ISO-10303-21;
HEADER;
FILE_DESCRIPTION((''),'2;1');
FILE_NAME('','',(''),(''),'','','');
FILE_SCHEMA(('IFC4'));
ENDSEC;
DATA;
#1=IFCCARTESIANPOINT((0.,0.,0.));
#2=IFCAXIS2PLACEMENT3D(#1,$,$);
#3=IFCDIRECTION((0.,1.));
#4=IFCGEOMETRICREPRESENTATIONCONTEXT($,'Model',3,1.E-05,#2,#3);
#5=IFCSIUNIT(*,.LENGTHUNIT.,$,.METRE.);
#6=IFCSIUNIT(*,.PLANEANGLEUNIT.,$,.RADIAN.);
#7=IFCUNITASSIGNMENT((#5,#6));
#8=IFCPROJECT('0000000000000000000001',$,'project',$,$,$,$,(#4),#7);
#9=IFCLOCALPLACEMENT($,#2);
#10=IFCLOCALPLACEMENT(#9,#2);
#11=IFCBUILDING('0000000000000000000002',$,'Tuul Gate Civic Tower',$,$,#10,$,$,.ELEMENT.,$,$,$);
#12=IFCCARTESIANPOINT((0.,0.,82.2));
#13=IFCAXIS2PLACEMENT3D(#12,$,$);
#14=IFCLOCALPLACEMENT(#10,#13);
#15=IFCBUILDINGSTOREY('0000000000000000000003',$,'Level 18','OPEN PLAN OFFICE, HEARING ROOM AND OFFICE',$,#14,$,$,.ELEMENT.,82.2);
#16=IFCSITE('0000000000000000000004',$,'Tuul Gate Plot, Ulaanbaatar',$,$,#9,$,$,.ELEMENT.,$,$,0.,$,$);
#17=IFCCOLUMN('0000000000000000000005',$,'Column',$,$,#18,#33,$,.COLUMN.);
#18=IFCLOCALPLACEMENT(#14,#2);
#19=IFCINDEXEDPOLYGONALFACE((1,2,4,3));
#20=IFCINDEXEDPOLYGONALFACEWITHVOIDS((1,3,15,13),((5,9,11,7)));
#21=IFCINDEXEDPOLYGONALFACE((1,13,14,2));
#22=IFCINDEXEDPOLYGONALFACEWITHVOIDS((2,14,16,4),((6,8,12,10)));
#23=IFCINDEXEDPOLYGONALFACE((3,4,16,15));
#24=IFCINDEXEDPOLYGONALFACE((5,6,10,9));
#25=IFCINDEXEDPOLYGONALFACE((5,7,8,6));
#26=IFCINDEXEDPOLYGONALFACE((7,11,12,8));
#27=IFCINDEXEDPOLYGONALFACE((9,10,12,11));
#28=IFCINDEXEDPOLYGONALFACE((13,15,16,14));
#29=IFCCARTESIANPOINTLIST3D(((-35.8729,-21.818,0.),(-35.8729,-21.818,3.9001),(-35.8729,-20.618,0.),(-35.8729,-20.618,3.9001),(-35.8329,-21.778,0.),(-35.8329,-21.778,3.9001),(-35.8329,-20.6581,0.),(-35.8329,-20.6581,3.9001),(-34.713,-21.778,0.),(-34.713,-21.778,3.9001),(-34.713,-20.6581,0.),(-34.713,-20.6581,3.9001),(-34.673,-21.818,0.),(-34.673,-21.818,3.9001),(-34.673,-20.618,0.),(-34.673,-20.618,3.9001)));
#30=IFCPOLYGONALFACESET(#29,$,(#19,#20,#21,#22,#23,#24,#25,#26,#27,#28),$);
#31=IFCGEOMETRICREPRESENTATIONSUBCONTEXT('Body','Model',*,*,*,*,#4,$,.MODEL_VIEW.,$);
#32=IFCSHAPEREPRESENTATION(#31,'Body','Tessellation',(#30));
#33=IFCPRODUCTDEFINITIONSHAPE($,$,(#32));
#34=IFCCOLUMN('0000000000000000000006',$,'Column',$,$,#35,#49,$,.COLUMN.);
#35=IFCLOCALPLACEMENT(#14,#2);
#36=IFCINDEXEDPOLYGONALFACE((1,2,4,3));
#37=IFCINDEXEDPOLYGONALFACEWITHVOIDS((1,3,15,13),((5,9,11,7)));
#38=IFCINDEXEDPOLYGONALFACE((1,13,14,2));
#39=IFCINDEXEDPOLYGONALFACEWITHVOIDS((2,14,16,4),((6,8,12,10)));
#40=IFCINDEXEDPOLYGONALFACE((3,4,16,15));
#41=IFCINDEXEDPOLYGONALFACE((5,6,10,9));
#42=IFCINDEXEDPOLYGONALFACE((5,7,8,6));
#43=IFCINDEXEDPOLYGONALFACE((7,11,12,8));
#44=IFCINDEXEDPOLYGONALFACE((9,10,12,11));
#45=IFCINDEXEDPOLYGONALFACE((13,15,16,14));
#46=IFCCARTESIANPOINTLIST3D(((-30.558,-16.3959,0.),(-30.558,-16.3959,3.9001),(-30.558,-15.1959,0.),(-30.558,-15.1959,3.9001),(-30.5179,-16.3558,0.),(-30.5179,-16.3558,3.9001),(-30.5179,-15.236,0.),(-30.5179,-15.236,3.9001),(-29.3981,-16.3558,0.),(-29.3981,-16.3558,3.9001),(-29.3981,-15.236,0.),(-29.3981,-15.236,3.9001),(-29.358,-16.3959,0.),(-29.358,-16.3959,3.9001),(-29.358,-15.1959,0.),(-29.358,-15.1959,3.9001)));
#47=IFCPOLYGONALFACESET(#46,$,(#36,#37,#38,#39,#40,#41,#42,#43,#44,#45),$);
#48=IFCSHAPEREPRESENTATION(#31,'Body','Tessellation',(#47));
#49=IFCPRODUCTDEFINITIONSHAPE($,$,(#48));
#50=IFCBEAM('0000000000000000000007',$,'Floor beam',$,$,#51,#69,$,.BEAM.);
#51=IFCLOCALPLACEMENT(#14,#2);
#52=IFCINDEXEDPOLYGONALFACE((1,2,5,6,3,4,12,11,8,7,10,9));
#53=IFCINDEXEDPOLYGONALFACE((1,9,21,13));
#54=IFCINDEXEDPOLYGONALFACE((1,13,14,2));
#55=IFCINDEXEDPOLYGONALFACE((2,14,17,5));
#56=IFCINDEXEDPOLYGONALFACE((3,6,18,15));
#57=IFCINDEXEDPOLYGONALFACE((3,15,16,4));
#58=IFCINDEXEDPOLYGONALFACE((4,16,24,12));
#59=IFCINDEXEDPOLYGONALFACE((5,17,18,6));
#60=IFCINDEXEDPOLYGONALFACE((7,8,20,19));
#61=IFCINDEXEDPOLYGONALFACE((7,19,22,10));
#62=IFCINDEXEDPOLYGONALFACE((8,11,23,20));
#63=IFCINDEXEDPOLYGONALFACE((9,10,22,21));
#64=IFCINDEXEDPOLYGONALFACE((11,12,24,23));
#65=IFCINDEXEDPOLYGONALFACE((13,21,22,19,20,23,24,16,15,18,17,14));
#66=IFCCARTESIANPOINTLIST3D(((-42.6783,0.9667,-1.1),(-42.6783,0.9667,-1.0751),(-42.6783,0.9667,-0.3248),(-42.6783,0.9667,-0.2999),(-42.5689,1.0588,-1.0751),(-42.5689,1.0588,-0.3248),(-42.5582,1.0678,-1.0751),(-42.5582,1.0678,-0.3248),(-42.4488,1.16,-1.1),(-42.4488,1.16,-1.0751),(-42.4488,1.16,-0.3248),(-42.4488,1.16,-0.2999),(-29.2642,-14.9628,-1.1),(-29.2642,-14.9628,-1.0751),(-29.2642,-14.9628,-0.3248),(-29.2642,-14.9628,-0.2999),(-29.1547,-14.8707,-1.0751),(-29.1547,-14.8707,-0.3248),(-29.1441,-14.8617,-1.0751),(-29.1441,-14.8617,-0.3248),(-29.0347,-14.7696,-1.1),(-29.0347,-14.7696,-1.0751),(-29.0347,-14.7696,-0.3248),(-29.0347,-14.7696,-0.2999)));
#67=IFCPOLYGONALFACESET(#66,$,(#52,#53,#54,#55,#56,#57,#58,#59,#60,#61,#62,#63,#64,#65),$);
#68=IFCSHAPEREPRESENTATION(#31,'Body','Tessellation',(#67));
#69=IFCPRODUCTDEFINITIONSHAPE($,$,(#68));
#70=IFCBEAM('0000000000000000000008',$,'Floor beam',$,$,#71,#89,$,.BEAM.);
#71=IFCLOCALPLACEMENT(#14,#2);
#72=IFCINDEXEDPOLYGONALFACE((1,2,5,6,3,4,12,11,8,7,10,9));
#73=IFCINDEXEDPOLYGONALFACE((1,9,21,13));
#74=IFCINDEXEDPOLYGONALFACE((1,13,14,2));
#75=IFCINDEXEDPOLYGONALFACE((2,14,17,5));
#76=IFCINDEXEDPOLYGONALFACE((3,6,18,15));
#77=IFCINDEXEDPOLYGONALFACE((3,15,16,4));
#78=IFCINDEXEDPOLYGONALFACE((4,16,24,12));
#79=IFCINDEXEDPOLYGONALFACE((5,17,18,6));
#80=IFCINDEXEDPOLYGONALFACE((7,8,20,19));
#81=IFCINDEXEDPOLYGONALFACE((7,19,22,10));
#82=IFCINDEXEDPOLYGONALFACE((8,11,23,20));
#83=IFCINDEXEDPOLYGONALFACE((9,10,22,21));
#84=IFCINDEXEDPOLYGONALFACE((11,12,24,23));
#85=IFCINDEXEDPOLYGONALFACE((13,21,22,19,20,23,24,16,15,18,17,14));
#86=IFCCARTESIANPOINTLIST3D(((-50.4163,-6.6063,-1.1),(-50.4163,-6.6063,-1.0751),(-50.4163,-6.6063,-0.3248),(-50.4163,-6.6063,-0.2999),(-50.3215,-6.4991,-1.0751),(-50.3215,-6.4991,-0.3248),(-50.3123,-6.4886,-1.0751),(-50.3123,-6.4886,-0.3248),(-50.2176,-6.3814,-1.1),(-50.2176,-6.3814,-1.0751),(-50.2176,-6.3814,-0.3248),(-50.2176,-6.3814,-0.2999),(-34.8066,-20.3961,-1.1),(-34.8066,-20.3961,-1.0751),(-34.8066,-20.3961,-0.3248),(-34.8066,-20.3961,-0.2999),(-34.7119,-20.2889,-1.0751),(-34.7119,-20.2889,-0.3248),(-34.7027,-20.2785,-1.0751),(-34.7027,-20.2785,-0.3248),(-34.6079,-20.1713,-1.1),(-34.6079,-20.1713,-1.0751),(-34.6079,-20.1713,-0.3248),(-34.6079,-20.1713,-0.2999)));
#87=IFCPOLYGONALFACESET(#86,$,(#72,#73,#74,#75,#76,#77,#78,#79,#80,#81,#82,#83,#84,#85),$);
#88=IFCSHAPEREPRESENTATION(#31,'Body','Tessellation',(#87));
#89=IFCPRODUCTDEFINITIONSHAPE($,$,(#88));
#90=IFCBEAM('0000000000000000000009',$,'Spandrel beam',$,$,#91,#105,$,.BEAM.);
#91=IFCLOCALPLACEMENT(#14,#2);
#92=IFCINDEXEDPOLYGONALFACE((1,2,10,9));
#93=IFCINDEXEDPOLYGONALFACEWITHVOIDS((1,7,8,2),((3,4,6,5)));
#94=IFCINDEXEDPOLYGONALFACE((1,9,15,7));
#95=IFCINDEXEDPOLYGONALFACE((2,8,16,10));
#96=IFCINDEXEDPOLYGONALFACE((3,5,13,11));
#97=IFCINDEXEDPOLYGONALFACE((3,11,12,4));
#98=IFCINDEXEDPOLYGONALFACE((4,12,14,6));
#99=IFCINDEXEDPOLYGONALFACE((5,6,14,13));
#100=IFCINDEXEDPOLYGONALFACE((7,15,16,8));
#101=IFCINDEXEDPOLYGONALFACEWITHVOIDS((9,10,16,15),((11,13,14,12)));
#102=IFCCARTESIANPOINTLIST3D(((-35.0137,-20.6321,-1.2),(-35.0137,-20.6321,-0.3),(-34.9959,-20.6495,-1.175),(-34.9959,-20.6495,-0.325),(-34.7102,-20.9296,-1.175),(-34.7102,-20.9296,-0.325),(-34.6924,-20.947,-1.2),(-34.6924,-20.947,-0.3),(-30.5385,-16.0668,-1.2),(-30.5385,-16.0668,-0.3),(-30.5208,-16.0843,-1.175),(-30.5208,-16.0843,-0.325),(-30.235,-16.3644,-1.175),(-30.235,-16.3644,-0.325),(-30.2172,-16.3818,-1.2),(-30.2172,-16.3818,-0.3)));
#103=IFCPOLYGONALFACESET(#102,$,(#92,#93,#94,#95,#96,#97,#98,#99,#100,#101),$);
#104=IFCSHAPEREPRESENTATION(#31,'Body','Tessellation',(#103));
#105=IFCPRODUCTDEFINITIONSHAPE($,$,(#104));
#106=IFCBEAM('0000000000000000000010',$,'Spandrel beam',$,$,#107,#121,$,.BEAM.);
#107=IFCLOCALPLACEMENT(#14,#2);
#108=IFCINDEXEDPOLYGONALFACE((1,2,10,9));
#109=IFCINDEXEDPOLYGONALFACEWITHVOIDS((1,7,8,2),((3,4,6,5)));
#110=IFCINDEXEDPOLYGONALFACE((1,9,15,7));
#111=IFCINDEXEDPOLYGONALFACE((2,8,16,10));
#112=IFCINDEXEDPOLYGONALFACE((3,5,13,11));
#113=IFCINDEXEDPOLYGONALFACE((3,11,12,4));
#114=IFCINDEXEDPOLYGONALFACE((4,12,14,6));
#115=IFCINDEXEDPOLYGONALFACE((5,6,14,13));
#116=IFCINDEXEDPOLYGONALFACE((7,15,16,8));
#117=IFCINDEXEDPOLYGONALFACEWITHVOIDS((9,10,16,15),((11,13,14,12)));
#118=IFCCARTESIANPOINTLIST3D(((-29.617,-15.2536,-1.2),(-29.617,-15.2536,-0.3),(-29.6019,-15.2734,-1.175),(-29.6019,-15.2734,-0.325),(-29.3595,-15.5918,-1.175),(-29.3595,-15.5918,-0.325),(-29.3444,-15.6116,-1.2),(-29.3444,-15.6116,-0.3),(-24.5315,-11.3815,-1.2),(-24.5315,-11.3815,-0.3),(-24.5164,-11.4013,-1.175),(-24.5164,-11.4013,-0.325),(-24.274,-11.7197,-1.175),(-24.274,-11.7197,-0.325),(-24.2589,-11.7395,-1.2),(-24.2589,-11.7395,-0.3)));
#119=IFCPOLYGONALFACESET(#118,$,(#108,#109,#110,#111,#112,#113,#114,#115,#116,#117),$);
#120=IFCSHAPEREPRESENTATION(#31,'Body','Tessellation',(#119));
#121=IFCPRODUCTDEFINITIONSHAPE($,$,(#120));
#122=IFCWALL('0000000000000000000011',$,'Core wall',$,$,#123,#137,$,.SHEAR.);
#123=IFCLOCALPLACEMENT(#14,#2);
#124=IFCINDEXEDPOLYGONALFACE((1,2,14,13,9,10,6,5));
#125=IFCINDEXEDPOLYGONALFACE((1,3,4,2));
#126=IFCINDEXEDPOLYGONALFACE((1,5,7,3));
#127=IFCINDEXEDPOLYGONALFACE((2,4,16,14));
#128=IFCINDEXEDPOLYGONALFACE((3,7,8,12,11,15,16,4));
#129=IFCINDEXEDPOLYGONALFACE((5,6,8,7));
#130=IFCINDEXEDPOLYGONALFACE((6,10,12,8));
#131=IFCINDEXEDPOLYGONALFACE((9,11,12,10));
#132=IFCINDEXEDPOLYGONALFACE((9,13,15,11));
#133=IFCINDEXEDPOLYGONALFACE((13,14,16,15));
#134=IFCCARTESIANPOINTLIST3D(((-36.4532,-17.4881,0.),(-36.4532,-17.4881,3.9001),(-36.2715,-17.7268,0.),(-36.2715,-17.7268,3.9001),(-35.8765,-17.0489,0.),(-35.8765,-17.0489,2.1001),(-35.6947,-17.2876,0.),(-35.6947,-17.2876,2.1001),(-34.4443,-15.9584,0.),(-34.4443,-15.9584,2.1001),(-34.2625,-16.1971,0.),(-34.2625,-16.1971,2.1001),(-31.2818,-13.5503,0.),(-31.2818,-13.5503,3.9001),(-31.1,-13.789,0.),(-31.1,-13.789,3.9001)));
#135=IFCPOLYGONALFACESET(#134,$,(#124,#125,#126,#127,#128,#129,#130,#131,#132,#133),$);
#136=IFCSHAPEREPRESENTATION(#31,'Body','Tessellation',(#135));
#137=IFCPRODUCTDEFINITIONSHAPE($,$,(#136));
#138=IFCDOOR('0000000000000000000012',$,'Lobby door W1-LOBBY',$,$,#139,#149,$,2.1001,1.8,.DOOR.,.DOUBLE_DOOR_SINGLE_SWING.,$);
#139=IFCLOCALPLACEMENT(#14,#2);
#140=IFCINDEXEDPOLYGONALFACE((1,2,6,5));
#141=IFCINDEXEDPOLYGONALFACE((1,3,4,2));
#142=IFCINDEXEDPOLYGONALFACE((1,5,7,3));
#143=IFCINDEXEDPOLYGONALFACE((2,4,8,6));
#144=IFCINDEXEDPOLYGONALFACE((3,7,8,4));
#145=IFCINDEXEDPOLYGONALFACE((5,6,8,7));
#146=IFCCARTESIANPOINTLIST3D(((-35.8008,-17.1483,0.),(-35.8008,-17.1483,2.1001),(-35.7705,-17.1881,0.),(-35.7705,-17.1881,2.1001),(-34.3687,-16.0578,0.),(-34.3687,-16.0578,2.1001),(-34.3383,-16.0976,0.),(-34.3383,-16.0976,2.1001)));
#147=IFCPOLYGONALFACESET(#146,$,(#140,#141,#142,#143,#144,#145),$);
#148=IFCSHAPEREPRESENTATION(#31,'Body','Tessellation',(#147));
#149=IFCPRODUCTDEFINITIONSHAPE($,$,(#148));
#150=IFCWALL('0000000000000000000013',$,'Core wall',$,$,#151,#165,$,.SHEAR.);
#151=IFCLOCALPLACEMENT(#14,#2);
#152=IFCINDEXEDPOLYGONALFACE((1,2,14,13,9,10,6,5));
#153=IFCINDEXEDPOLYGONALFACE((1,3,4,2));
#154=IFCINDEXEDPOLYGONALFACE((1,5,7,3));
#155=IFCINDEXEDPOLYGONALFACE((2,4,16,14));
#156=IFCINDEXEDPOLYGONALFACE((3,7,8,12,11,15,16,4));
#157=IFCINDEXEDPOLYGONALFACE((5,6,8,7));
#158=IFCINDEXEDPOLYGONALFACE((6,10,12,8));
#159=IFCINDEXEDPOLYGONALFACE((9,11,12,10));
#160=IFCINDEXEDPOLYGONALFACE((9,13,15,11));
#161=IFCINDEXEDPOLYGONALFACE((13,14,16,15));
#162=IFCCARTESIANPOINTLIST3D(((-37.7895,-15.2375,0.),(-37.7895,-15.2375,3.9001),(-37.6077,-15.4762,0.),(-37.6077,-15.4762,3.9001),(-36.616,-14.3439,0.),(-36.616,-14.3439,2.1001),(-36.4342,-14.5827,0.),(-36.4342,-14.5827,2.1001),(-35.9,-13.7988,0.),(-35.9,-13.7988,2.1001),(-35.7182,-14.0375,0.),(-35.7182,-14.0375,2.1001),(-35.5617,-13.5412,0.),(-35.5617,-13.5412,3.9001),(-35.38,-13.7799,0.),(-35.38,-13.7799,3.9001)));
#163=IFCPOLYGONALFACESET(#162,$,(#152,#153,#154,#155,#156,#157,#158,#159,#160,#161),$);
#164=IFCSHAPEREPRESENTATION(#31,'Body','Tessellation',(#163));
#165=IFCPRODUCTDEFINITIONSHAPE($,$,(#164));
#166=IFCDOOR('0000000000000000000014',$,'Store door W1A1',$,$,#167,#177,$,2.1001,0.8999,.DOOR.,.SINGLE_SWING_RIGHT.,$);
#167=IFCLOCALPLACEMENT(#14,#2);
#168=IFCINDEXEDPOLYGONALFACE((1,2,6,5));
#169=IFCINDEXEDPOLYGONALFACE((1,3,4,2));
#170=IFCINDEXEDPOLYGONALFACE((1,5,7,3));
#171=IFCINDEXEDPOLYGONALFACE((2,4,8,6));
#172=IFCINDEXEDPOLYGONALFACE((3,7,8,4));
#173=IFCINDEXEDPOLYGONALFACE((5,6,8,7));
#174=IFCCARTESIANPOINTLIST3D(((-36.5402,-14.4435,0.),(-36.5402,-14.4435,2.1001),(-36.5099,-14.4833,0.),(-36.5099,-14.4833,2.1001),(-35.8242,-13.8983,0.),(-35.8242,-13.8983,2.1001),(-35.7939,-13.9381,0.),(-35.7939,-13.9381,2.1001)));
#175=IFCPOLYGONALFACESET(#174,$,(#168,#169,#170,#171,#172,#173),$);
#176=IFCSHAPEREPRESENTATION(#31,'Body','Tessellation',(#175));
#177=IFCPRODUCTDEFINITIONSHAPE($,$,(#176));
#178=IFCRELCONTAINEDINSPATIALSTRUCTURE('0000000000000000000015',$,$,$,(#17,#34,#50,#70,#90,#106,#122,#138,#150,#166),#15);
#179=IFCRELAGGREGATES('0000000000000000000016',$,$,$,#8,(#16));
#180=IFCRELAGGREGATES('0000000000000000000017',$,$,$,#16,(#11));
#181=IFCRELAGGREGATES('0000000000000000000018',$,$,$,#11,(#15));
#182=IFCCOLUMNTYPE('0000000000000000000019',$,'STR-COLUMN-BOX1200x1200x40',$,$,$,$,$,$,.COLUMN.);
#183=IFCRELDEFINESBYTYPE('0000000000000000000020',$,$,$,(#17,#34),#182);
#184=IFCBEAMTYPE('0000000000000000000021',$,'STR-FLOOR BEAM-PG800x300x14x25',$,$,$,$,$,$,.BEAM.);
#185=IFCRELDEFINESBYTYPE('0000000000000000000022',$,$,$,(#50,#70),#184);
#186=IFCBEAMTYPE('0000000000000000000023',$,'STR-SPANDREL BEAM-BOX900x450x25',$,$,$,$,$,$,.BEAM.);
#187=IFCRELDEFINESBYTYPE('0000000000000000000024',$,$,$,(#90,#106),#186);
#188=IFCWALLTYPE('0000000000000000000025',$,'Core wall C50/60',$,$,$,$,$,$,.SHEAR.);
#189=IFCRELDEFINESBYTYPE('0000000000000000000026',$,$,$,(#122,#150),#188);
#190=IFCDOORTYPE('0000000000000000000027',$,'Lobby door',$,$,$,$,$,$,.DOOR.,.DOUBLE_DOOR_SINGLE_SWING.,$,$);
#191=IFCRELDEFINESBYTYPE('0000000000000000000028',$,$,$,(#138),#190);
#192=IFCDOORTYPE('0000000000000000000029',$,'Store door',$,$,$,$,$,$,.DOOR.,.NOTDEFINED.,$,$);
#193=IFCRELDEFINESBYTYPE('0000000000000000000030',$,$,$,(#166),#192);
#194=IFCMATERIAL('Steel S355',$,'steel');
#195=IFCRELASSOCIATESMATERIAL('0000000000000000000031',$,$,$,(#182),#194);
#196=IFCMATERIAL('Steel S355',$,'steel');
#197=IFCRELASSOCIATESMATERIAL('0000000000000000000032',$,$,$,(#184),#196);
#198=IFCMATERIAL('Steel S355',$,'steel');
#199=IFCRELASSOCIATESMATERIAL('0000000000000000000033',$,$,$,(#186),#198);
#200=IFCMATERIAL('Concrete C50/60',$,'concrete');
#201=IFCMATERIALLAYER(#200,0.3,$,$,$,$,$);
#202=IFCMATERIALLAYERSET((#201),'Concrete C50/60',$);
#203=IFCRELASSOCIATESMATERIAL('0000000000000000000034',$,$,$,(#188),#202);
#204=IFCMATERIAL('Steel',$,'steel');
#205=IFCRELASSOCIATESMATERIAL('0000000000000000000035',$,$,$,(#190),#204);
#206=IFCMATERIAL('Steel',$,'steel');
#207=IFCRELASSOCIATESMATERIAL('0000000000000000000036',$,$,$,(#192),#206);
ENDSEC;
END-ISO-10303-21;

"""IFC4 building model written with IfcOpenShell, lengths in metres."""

from ifc_helpers import new_model, si_unit, direction, frame, frame_2d, origin, origin_2d, place, context, subcontext, project, spatial, rectangle, hollow_rectangle, i_section, extrude, material, layer, layer_set, material_profile, profile_set, type_object, element, fill, save


model = new_model("IFC4")

# Units and contexts
model_context = context("Model", 3, precision=1e-05, world=origin(), true_north=direction((0.0, 1.0)))
body_context = subcontext(model_context, "Body", "Model", "MODEL_VIEW")
ifc_project = project(units=[si_unit("LENGTHUNIT", "METRE"), si_unit("PLANEANGLEUNIT", "RADIAN")], contexts=[model_context])

# Site, building, storey
site_placement = place(None, origin())
site = spatial("IfcSite", under=ifc_project, at=site_placement, Name="Tuul Gate Plot, Ulaanbaatar", CompositionType="ELEMENT", RefElevation=0.0)
building_placement = place(site_placement, origin())
building = spatial("IfcBuilding", under=site, at=building_placement, Name="Tuul Gate Civic Tower", CompositionType="ELEMENT")
storey_placement = place(building_placement, frame((0.0, 0.0, 82.2)))
storey = spatial("IfcBuildingStorey", under=building, at=storey_placement, Name="Level 18", Description="OPEN PLAN OFFICE, HEARING ROOM AND OFFICE", CompositionType="ELEMENT", Elevation=82.2)

# Columns
ifc_material_1 = material(Name="Steel S355", Category="steel")
ifc_material_profile_1 = material_profile(ifc_material_1, hollow_rectangle(XDim=1.2, YDim=1.2, WallThickness=0.04, at=origin_2d()), Name="BOX1200x1200x40")
ifc_profile_set_1 = profile_set([ifc_material_profile_1], Name="Steel S355")
column_type = type_object("IfcColumnType", Name="STR-COLUMN-BOX1200x1200x40", PredefinedType="COLUMN", material=ifc_profile_set_1)
for number, where, z_axis, x_axis, name in (
    (1, (-35.2729, -21.218, 0.0), (0.0, 0.0, 1.0), (1.0, 0.0, 0.0), "Column"),
    (2, (-29.958, -15.7959, 0.0), (0.0, 0.0, 1.0), (1.0, 0.0, 0.0), "Column"),
):
    element("IfcColumn", number, at=place(storey_placement, frame(where, z_axis=z_axis, x_axis=x_axis)), inside=storey, type_object=column_type, Name=name, PredefinedType="COLUMN", context=body_context, shape_type="SweptSolid", body=[
        extrude(hollow_rectangle(XDim=1.2, YDim=1.2, WallThickness=0.04, at=origin_2d()), origin(), (0.0, 0.0, 1.0), 3.9001),
    ])

# Beams
ifc_material_2 = material(Name="Steel S355", Category="steel")
ifc_material_profile_2 = material_profile(ifc_material_2, i_section(OverallWidth=0.3, OverallDepth=0.8, WebThickness=0.0139, FlangeThickness=0.0249, at=origin_2d()), Name="PG800x300x14x25")
ifc_profile_set_2 = profile_set([ifc_material_profile_2], Name="Steel S355")
beam_type_1 = type_object("IfcBeamType", Name="STR-FLOOR BEAM-PG800x300x14x25", PredefinedType="BEAM", material=ifc_profile_set_2)
beam_1_placement = place(storey_placement, frame((-29.1494, -14.8662, -0.7), z_axis=(-0.64413, 0.764916, 0.0), x_axis=(-0.764916, -0.64413, 0.0)))
element("IfcBeam", 3, at=beam_1_placement, inside=storey, type_object=beam_type_1, Name="Floor beam", PredefinedType="BEAM", context=body_context, shape_type="SweptSolid", body=[
    extrude(i_section(OverallWidth=0.3, OverallDepth=0.8, WebThickness=0.0139, FlangeThickness=0.0249, at=origin_2d()), origin(), (0.0, 0.0, 1.0), 20.8252),
])
beam_2_placement = place(storey_placement, frame((-34.7073, -20.2837, -0.7), z_axis=(-0.749442, 0.66207, 0.0), x_axis=(-0.66207, -0.749442, 0.0)))
element("IfcBeam", 4, at=beam_2_placement, inside=storey, type_object=beam_type_1, Name="Floor beam", PredefinedType="BEAM", context=body_context, shape_type="SweptSolid", body=[
    extrude(i_section(OverallWidth=0.3, OverallDepth=0.8, WebThickness=0.0139, FlangeThickness=0.0249, at=origin_2d()), origin(), (0.0, 0.0, 1.0), 20.8284),
])
ifc_material_3 = material(Name="Steel S355", Category="steel")
ifc_material_profile_3 = material_profile(ifc_material_3, hollow_rectangle(XDim=0.45, YDim=0.8999, WallThickness=0.0249, at=origin_2d()), Name="BOX900x450x25")
ifc_profile_set_3 = profile_set([ifc_material_profile_3], Name="Steel S355")
beam_type_2 = type_object("IfcBeamType", Name="STR-SPANDREL BEAM-BOX900x450x25", PredefinedType="BEAM", material=ifc_profile_set_3)
beam_3_placement = place(storey_placement, frame((-34.853, -20.7896, -0.75), z_axis=(0.700026, 0.714118, 0.0), x_axis=(-0.714118, 0.700026, 0.0)))
element("IfcBeam", 5, at=beam_3_placement, inside=storey, type_object=beam_type_2, Name="Spandrel beam", PredefinedType="BEAM", context=body_context, shape_type="SweptSolid", body=[
    extrude(hollow_rectangle(XDim=0.45, YDim=0.8999, WallThickness=0.0249, at=origin_2d()), origin(), (0.0, 0.0, 1.0), 6.3928),
])
beam_4_placement = place(storey_placement, frame((-29.4807, -15.4326, -0.75), z_axis=(0.795625, 0.60579, 0.0), x_axis=(-0.60579, 0.795625, 0.0)))
element("IfcBeam", 6, at=beam_4_placement, inside=storey, type_object=beam_type_2, Name="Spandrel beam", PredefinedType="BEAM", context=body_context, shape_type="SweptSolid", body=[
    extrude(hollow_rectangle(XDim=0.45, YDim=0.8999, WallThickness=0.0249, at=origin_2d()), origin(), (0.0, 0.0, 1.0), 6.3918),
])

# Walls, openings, doors
ifc_material_4 = material(Name="Concrete C50/60", Category="concrete")
ifc_layer_1 = layer(ifc_material_4, 0.3)
ifc_layer_set_1 = layer_set([ifc_layer_1], Name="Concrete C50/60")
wall_type_1 = type_object("IfcWallType", Name="Core wall C50/60", PredefinedType="SHEAR", material=ifc_layer_set_1)
wall_1_placement = place(storey_placement, frame((-31.1909, -13.6697, 0.0), z_axis=(0.0, 0.0, 1.0), x_axis=(-0.795607, -0.605813, 0.0)))
wall_1 = element("IfcWall", 7, at=wall_1_placement, inside=storey, type_object=wall_type_1, Name="Core wall", PredefinedType="SHEAR", context=body_context, shape_type="SweptSolid", body=[
    extrude(rectangle(XDim=6.5, YDim=0.3, at=frame_2d((3.25, 0.0))), origin(), (0.0, 0.0, 1.0), 3.9001),
])
opening_1_placement = place(wall_1_placement, frame((3.9751, 0.0, 0.0)))
opening_1 = element("IfcOpeningElement", 8, at=opening_1_placement, cuts=wall_1, PredefinedType="OPENING", context=body_context, shape_type="SweptSolid", body=[
    extrude(rectangle(XDim=1.8, YDim=2.1001, at=frame_2d((0.8999, 1.05))), frame((0.0, 0.1602, 0.0), z_axis=(0.0, -1.0, 0.0), x_axis=(1.0, 0.0, 0.0)), (0.0, 0.0, 1.0), 0.3201),
])
ifc_material_5 = material(Name="Steel", Category="steel")
door_type_1 = type_object("IfcDoorType", Name="Lobby door", OperationType="DOUBLE_DOOR_SINGLE_SWING", PredefinedType="DOOR", material=ifc_material_5)
door_1_placement = place(opening_1_placement, origin())
door_1 = element("IfcDoor", 9, at=door_1_placement, inside=storey, type_object=door_type_1, Name="Lobby door W1-LOBBY", OperationType="DOUBLE_DOOR_SINGLE_SWING", OverallHeight=2.1001, OverallWidth=1.8, PredefinedType="DOOR", context=body_context, shape_type="SweptSolid", body=[
    extrude(rectangle(XDim=1.8, YDim=2.1001, at=frame_2d((0.8999, 1.05))), frame((0.0, 0.0249, 0.0), z_axis=(0.0, -1.0, 0.0), x_axis=(1.0, 0.0, 0.0)), (0.0, 0.0, 1.0), 0.05),
])
fill(opening_1, door_1)
wall_2_placement = place(storey_placement, frame((-35.4709, -13.6606, 0.0), z_axis=(0.0, 0.0, 1.0), x_axis=(-0.795616, -0.605802, 0.0)))
wall_2 = element("IfcWall", 10, at=wall_2_placement, inside=storey, type_object=wall_type_1, Name="Core wall", PredefinedType="SHEAR", context=body_context, shape_type="SweptSolid", body=[
    extrude(rectangle(XDim=2.8, YDim=0.3, at=frame_2d((1.3999, 0.0))), origin(), (0.0, 0.0, 1.0), 3.9001),
])
opening_2_placement = place(wall_2_placement, frame((0.425, 0.0, 0.0)))
opening_2 = element("IfcOpeningElement", 11, at=opening_2_placement, cuts=wall_2, PredefinedType="OPENING", context=body_context, shape_type="SweptSolid", body=[
    extrude(rectangle(XDim=0.8999, YDim=2.1001, at=frame_2d((0.45, 1.05))), frame((0.0, 0.1602, 0.0), z_axis=(0.0, -1.0, 0.0), x_axis=(1.0, 0.0, 0.0)), (0.0, 0.0, 1.0), 0.3201),
])
ifc_material_6 = material(Name="Steel", Category="steel")
door_type_2 = type_object("IfcDoorType", Name="Store door", OperationType="NOTDEFINED", PredefinedType="DOOR", material=ifc_material_6)
door_2_placement = place(opening_2_placement, frame((0.8999, 0.0, 0.0), z_axis=(0.0, 0.0, 1.0), x_axis=(-1.0, 0.0, 0.0)))
door_2 = element("IfcDoor", 12, at=door_2_placement, inside=storey, type_object=door_type_2, Name="Store door W1A1", OperationType="SINGLE_SWING_RIGHT", OverallHeight=2.1001, OverallWidth=0.8999, PredefinedType="DOOR", context=body_context, shape_type="SweptSolid", body=[
    extrude(rectangle(XDim=0.8999, YDim=2.1001, at=frame_2d((0.45, 1.05))), frame((0.0, 0.0249, 0.0), z_axis=(0.0, -1.0, 0.0), x_axis=(1.0, 0.0, 0.0)), (0.0, 0.0, 1.0), 0.05),
])
fill(opening_2, door_2)

save(model, "model.ifc")
